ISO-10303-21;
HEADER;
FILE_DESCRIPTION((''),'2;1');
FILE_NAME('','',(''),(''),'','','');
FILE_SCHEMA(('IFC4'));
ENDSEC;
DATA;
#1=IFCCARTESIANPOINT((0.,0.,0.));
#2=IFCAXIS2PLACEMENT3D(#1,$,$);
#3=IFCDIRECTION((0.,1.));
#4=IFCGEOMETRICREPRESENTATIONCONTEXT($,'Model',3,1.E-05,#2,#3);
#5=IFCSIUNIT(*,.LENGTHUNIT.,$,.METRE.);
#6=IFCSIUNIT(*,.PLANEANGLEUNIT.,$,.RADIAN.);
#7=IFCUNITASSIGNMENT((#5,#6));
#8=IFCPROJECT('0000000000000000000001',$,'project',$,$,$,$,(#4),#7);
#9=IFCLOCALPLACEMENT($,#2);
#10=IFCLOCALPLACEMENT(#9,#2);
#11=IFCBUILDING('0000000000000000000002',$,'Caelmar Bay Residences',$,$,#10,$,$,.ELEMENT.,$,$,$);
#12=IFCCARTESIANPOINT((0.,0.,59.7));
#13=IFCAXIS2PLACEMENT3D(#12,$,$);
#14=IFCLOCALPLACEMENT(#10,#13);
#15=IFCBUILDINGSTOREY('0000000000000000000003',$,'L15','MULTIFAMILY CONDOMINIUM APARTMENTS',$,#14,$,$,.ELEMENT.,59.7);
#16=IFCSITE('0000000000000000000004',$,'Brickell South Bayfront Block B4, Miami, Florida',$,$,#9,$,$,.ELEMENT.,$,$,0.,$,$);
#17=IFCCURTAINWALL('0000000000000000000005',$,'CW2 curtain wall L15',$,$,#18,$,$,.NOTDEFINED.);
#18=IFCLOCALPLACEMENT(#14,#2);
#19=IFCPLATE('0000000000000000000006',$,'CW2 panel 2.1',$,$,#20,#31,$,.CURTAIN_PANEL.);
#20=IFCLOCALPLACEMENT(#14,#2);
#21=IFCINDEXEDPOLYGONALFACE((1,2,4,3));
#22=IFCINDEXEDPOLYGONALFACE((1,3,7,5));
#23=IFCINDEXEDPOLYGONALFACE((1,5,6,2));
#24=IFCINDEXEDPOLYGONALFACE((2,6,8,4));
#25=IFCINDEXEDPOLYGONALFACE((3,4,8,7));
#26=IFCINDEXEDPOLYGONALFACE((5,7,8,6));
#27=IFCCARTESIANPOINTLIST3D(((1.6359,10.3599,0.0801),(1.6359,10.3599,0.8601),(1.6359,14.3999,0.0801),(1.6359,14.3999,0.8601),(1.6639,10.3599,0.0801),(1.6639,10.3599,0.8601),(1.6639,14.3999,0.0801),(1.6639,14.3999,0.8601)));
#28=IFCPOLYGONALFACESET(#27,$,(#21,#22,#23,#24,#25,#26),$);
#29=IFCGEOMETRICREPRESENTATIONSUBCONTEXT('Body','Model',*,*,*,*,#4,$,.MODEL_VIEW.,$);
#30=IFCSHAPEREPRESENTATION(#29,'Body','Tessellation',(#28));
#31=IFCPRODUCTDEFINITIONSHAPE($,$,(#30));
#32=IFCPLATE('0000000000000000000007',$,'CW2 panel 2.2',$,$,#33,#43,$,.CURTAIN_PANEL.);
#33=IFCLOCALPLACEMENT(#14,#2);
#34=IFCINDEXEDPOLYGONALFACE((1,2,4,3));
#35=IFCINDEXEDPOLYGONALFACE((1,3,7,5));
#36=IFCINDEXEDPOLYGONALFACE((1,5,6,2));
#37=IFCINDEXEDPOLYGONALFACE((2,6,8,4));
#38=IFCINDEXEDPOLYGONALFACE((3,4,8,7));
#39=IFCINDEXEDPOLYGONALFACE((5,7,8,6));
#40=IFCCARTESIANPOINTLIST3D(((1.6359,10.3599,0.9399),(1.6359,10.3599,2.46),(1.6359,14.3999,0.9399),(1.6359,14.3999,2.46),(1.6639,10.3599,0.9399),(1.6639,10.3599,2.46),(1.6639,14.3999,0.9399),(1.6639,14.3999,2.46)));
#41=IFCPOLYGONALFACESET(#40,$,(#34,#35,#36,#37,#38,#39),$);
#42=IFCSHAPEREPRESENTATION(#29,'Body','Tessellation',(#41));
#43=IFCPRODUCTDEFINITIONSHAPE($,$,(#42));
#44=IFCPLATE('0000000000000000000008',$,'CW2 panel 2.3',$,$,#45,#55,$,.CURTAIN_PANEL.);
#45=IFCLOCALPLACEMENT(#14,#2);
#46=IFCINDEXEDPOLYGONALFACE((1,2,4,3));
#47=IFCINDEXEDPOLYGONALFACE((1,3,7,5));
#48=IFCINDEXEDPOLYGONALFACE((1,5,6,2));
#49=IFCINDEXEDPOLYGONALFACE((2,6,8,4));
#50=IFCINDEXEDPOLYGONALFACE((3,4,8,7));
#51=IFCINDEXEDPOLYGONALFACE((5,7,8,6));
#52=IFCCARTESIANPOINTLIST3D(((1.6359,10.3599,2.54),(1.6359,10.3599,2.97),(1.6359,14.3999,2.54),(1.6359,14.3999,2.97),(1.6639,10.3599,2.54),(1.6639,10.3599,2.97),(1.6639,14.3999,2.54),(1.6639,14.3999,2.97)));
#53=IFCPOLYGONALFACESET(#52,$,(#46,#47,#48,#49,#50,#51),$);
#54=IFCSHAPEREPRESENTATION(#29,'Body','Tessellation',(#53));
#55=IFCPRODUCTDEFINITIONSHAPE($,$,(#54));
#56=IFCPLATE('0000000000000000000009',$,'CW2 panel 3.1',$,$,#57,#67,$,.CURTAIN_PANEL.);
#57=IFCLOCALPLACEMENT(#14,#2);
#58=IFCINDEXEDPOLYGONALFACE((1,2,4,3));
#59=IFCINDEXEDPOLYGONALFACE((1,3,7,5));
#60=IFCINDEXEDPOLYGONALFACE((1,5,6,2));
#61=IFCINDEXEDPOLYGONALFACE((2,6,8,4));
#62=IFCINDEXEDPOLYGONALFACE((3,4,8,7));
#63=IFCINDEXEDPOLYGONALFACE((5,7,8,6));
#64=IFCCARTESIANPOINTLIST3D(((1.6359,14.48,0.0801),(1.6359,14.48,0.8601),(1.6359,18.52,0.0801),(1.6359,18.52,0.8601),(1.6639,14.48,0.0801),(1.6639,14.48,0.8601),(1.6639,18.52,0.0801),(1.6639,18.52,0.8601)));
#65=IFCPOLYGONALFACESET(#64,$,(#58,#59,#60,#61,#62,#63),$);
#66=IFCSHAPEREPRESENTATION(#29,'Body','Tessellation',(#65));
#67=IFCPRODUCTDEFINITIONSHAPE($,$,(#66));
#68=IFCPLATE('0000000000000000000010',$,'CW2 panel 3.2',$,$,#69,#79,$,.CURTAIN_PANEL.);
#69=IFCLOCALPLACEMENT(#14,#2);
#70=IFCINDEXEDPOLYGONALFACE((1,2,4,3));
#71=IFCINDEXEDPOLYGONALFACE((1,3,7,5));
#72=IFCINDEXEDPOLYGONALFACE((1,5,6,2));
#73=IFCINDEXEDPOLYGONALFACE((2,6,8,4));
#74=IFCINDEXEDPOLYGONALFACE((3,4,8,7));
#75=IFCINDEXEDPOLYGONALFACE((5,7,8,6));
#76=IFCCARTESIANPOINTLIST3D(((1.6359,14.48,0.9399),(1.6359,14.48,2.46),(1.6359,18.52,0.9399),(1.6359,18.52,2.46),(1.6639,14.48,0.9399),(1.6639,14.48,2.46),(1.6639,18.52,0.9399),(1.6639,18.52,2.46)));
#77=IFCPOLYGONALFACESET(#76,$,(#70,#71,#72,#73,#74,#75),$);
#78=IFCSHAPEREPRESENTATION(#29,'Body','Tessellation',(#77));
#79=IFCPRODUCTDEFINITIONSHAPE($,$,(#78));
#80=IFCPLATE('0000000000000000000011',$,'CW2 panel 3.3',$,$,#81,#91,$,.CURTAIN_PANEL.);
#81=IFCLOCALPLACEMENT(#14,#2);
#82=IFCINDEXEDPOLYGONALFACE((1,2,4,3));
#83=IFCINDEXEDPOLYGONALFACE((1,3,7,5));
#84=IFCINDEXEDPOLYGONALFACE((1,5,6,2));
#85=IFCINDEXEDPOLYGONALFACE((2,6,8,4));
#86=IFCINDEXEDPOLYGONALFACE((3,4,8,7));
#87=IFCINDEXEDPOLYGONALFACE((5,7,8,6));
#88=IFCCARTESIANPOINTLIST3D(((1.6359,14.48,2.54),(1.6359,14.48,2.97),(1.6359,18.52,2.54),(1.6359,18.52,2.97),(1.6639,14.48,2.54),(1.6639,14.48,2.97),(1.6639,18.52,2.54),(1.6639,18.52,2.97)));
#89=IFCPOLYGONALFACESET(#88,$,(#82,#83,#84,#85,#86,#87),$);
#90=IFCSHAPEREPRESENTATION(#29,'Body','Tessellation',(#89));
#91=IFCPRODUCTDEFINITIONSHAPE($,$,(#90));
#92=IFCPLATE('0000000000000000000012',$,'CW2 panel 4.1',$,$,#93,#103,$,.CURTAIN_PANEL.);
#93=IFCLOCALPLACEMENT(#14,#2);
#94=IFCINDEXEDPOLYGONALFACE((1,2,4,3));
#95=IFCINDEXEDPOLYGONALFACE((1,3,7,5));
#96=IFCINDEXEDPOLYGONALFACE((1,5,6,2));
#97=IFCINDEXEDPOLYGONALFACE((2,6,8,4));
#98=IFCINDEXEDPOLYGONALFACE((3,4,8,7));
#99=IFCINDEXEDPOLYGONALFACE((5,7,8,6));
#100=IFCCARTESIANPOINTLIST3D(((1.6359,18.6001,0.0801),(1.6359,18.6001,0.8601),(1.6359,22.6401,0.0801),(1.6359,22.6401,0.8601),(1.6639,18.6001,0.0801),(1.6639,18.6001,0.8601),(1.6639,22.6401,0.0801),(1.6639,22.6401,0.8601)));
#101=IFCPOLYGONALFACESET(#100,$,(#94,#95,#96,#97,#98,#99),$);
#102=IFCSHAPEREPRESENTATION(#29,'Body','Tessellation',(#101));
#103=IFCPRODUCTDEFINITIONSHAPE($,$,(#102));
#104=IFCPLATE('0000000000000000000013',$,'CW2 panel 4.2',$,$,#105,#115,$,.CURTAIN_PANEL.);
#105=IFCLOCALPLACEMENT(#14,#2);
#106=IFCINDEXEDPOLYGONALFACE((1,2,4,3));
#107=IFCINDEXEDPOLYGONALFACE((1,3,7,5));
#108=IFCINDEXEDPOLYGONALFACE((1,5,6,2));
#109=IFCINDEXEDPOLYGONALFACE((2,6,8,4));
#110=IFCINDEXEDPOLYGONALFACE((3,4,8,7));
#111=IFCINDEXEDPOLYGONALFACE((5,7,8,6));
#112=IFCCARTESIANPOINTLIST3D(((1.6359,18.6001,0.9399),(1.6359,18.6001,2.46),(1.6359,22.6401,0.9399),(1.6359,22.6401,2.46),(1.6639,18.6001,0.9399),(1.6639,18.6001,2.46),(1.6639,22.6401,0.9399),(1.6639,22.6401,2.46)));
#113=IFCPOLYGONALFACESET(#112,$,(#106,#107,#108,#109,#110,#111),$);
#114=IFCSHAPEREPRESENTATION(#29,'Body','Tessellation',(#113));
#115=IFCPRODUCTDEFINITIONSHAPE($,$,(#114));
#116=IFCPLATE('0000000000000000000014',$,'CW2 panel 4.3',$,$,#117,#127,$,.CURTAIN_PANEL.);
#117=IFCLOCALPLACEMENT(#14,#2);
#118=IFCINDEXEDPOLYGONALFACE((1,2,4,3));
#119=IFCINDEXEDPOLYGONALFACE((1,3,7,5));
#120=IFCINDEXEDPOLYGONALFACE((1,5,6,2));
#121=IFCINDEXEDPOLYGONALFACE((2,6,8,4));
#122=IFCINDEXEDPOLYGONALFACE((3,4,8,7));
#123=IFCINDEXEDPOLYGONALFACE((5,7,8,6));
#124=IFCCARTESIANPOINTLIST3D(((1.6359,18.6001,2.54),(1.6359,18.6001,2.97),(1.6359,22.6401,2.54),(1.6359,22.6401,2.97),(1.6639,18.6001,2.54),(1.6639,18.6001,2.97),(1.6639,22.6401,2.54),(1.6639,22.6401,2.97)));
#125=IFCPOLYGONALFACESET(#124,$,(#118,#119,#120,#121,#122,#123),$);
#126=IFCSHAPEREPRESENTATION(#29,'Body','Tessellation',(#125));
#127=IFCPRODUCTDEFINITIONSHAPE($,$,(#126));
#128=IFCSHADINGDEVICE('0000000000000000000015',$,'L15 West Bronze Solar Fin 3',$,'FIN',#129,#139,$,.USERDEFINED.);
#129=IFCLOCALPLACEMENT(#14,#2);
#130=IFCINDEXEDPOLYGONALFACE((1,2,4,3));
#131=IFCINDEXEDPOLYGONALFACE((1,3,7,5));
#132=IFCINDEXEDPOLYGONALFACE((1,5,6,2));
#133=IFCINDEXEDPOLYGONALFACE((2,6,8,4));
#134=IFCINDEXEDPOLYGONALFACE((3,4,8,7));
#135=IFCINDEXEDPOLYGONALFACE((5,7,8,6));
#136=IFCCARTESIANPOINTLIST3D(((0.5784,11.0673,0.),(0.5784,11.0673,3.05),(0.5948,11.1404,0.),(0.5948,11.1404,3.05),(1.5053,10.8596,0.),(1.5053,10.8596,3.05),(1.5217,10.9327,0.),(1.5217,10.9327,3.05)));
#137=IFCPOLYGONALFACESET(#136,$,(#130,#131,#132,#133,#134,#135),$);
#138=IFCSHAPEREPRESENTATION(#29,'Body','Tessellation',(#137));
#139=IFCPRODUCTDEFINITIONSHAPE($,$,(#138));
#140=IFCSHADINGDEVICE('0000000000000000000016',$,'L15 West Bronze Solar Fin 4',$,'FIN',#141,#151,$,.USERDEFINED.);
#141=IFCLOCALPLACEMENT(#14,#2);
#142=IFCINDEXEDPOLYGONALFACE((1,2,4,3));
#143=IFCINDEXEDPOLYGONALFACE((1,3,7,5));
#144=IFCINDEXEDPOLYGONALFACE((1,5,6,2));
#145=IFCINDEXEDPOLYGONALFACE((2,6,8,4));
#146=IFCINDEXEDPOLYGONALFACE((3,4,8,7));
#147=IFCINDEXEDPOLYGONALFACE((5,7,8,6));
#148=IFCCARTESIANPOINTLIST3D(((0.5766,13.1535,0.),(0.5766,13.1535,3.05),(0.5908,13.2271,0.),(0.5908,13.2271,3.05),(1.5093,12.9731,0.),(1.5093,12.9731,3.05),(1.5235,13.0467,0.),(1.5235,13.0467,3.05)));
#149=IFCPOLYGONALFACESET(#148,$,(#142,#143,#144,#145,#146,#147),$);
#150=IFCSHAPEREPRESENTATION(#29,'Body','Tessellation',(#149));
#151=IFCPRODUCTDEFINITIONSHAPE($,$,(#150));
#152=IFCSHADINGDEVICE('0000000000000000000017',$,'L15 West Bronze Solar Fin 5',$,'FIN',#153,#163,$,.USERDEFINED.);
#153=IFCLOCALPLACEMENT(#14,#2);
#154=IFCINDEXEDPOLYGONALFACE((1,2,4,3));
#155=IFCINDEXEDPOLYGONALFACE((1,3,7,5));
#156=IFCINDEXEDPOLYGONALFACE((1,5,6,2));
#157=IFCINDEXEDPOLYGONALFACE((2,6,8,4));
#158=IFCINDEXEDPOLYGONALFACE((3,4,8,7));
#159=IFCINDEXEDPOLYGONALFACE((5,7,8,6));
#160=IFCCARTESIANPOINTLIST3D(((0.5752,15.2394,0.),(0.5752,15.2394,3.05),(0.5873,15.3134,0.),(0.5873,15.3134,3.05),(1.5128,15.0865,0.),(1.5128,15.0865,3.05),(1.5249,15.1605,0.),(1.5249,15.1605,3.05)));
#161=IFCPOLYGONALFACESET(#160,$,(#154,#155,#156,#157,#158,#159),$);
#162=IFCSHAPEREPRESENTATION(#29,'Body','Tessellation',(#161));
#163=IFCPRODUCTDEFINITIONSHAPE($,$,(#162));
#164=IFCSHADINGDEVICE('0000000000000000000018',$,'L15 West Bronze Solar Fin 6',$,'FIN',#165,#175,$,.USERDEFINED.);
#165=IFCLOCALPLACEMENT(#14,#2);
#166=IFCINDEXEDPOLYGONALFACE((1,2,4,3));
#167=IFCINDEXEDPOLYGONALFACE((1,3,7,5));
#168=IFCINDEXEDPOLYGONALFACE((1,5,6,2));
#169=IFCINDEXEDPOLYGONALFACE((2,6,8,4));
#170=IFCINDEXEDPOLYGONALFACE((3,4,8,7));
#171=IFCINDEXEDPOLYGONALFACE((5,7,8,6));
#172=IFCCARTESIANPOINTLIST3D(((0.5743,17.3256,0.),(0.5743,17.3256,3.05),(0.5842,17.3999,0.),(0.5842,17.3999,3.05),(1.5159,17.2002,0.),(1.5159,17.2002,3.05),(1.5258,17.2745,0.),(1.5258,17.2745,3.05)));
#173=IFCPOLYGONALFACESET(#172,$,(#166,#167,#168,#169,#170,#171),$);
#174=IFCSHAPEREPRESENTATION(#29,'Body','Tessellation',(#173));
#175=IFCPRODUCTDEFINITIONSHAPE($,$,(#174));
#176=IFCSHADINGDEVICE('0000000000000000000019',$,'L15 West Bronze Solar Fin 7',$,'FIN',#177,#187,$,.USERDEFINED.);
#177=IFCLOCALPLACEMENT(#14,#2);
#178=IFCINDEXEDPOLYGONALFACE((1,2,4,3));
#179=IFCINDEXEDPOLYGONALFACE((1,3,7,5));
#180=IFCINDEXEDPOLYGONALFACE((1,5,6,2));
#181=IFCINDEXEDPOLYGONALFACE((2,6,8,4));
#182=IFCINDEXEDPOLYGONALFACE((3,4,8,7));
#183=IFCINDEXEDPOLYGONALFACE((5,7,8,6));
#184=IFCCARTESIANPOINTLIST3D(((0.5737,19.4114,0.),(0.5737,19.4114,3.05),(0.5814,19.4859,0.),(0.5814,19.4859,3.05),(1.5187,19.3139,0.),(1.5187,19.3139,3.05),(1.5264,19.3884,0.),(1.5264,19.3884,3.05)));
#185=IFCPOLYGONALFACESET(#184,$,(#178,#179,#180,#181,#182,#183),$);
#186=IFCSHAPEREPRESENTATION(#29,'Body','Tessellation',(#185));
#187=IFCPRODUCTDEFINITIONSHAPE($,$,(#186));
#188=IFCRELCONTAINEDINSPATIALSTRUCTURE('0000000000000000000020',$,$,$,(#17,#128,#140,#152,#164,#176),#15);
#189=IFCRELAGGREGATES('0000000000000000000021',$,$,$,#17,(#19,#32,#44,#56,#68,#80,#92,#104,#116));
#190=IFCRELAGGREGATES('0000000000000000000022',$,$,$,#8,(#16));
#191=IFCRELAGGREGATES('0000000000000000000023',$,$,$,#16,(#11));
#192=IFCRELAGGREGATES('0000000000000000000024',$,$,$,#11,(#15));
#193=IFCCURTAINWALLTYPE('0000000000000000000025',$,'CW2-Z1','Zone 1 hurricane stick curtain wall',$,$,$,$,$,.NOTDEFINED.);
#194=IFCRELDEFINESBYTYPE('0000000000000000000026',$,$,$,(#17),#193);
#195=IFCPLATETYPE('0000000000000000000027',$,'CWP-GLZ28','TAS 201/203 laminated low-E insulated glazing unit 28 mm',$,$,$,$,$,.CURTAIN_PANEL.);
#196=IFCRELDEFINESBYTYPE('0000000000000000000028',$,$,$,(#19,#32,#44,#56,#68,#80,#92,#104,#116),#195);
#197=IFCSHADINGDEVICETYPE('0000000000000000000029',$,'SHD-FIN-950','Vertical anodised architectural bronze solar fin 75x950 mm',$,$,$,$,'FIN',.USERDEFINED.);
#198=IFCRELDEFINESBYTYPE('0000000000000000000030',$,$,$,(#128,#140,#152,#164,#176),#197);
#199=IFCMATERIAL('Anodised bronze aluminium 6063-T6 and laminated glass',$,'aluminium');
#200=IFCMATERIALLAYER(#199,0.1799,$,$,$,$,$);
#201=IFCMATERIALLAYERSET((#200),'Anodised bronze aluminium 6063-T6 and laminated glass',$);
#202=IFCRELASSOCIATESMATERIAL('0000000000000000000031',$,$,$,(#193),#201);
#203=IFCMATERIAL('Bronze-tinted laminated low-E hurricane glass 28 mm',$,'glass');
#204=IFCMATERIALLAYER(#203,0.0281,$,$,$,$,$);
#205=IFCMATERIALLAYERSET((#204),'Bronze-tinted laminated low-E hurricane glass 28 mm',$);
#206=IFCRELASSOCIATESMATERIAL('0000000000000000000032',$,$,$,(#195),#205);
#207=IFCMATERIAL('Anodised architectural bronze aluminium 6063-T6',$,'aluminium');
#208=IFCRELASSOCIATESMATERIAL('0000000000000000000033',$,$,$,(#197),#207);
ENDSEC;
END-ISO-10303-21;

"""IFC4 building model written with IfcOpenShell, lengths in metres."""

from ifc_helpers import new_model, si_unit, direction, frame, origin, origin_2d, place, context, subcontext, project, spatial, rectangle, extrude, material, layer, layer_set, material_profile, profile_set, type_object, element, aggregate, save


model = new_model("IFC4")

# Units and contexts
model_context = context("Model", 3, precision=1e-05, world=origin(), true_north=direction((0.0, 1.0)))
body_context = subcontext(model_context, "Body", "Model", "MODEL_VIEW")
ifc_project = project(units=[si_unit("LENGTHUNIT", "METRE"), si_unit("PLANEANGLEUNIT", "RADIAN")], contexts=[model_context])

# Site, building, storey
site_placement = place(None, origin())
site = spatial("IfcSite", under=ifc_project, at=site_placement, Name="Brickell South Bayfront Block B4, Miami, Florida", CompositionType="ELEMENT", RefElevation=0.0)
building_placement = place(site_placement, origin())
building = spatial("IfcBuilding", under=site, at=building_placement, Name="Caelmar Bay Residences", CompositionType="ELEMENT")
storey_placement = place(building_placement, frame((0.0, 0.0, 59.7)))
storey = spatial("IfcBuildingStorey", under=building, at=storey_placement, Name="L15", Description="MULTIFAMILY CONDOMINIUM APARTMENTS", CompositionType="ELEMENT", Elevation=59.7)

# Curtain wall, plates
ifc_material_1 = material(Name="Anodised bronze aluminium 6063-T6 and laminated glass", Category="aluminium")
ifc_layer_1 = layer(ifc_material_1, 0.1799)
ifc_layer_set_1 = layer_set([ifc_layer_1], Name="Anodised bronze aluminium 6063-T6 and laminated glass")
curtain_wall_type = type_object("IfcCurtainWallType", Name="CW2-Z1", Description="Zone 1 hurricane stick curtain wall", PredefinedType="NOTDEFINED", material=ifc_layer_set_1)
curtain_wall_placement = place(storey_placement, origin())
curtain_wall = element("IfcCurtainWall", 1, at=curtain_wall_placement, inside=storey, type_object=curtain_wall_type, Name="CW2 curtain wall L15", PredefinedType="NOTDEFINED")
ifc_material_2 = material(Name="Bronze-tinted laminated low-E hurricane glass 28 mm", Category="glass")
ifc_layer_2 = layer(ifc_material_2, 0.0281)
ifc_layer_set_2 = layer_set([ifc_layer_2], Name="Bronze-tinted laminated low-E hurricane glass 28 mm")
plate_type = type_object("IfcPlateType", Name="CWP-GLZ28", Description="TAS 201/203 laminated low-E insulated glazing unit 28 mm", PredefinedType="CURTAIN_PANEL", material=ifc_layer_set_2)
plate_1_placement = place(storey_placement, frame((1.6499, 12.3799, 0.0801), z_axis=(0.0, 0.0, 1.0), x_axis=(0.0, 1.0, 0.0)))
plate_1 = element("IfcPlate", 2, at=plate_1_placement, type_object=plate_type, Name="CW2 panel 2.1", PredefinedType="CURTAIN_PANEL", context=body_context, shape_type="SweptSolid", body=[
    extrude(rectangle(XDim=4.04, YDim=0.0281, at=origin_2d()), origin(), (0.0, 0.0, 1.0), 0.78),
])
plate_2_placement = place(storey_placement, frame((1.6499, 12.3799, 0.9399), z_axis=(0.0, 0.0, 1.0), x_axis=(0.0, 1.0, 0.0)))
plate_2 = element("IfcPlate", 3, at=plate_2_placement, type_object=plate_type, Name="CW2 panel 2.2", PredefinedType="CURTAIN_PANEL", context=body_context, shape_type="SweptSolid", body=[
    extrude(rectangle(XDim=4.04, YDim=0.0281, at=origin_2d()), origin(), (0.0, 0.0, 1.0), 1.52),
])
plate_3_placement = place(storey_placement, frame((1.6499, 12.3799, 2.54), z_axis=(0.0, 0.0, 1.0), x_axis=(0.0, 1.0, 0.0)))
plate_3 = element("IfcPlate", 4, at=plate_3_placement, type_object=plate_type, Name="CW2 panel 2.3", PredefinedType="CURTAIN_PANEL", context=body_context, shape_type="SweptSolid", body=[
    extrude(rectangle(XDim=4.04, YDim=0.0281, at=origin_2d()), origin(), (0.0, 0.0, 1.0), 0.4299),
])
plate_4_placement = place(storey_placement, frame((1.6499, 16.5, 0.0801), z_axis=(0.0, 0.0, 1.0), x_axis=(0.0, 1.0, 0.0)))
plate_4 = element("IfcPlate", 5, at=plate_4_placement, type_object=plate_type, Name="CW2 panel 3.1", PredefinedType="CURTAIN_PANEL", context=body_context, shape_type="SweptSolid", body=[
    extrude(rectangle(XDim=4.04, YDim=0.0281, at=origin_2d()), origin(), (0.0, 0.0, 1.0), 0.78),
])
plate_5_placement = place(storey_placement, frame((1.6499, 16.5, 0.9399), z_axis=(0.0, 0.0, 1.0), x_axis=(0.0, 1.0, 0.0)))
plate_5 = element("IfcPlate", 6, at=plate_5_placement, type_object=plate_type, Name="CW2 panel 3.2", PredefinedType="CURTAIN_PANEL", context=body_context, shape_type="SweptSolid", body=[
    extrude(rectangle(XDim=4.04, YDim=0.0281, at=origin_2d()), origin(), (0.0, 0.0, 1.0), 1.52),
])
plate_6_placement = place(storey_placement, frame((1.6499, 16.5, 2.54), z_axis=(0.0, 0.0, 1.0), x_axis=(0.0, 1.0, 0.0)))
plate_6 = element("IfcPlate", 7, at=plate_6_placement, type_object=plate_type, Name="CW2 panel 3.3", PredefinedType="CURTAIN_PANEL", context=body_context, shape_type="SweptSolid", body=[
    extrude(rectangle(XDim=4.04, YDim=0.0281, at=origin_2d()), origin(), (0.0, 0.0, 1.0), 0.4299),
])
plate_7_placement = place(storey_placement, frame((1.6499, 20.6201, 0.0801), z_axis=(0.0, 0.0, 1.0), x_axis=(0.0, 1.0, 0.0)))
plate_7 = element("IfcPlate", 8, at=plate_7_placement, type_object=plate_type, Name="CW2 panel 4.1", PredefinedType="CURTAIN_PANEL", context=body_context, shape_type="SweptSolid", body=[
    extrude(rectangle(XDim=4.04, YDim=0.0281, at=origin_2d()), origin(), (0.0, 0.0, 1.0), 0.78),
])
plate_8_placement = place(storey_placement, frame((1.6499, 20.6201, 0.9399), z_axis=(0.0, 0.0, 1.0), x_axis=(0.0, 1.0, 0.0)))
plate_8 = element("IfcPlate", 9, at=plate_8_placement, type_object=plate_type, Name="CW2 panel 4.2", PredefinedType="CURTAIN_PANEL", context=body_context, shape_type="SweptSolid", body=[
    extrude(rectangle(XDim=4.04, YDim=0.0281, at=origin_2d()), origin(), (0.0, 0.0, 1.0), 1.52),
])
plate_9_placement = place(storey_placement, frame((1.6499, 20.6201, 2.54), z_axis=(0.0, 0.0, 1.0), x_axis=(0.0, 1.0, 0.0)))
plate_9 = element("IfcPlate", 10, at=plate_9_placement, type_object=plate_type, Name="CW2 panel 4.3", PredefinedType="CURTAIN_PANEL", context=body_context, shape_type="SweptSolid", body=[
    extrude(rectangle(XDim=4.04, YDim=0.0281, at=origin_2d()), origin(), (0.0, 0.0, 1.0), 0.4299),
])
aggregate(curtain_wall, [plate_1, plate_2, plate_3, plate_4, plate_5, plate_6, plate_7, plate_8, plate_9])

# Shading devices
ifc_material_3 = material(Name="Anodised architectural bronze aluminium 6063-T6", Category="aluminium")
ifc_material_profile_1 = material_profile(ifc_material_3, rectangle(XDim=0.075, YDim=0.95, at=origin_2d()), Name="BRONZE-FIN-75X950")
ifc_profile_set_1 = profile_set([ifc_material_profile_1], Name="Anodised architectural bronze aluminium 6063-T6")
shading_device_type = type_object("IfcShadingDeviceType", Name="SHD-FIN-950", Description="Vertical anodised architectural bronze solar fin 75x950 mm", ElementType="FIN", PredefinedType="USERDEFINED", material=ifc_profile_set_1)
for number, where, z_axis, x_axis, name in (
    (11, (1.05, 11.0, 0.0), (0.0, 0.0, 1.0), (0.218654, 0.975802, 0.0), "L15 West Bronze Solar Fin 3"),
    (12, (1.05, 13.1001, 0.0), (0.0, 0.0, 1.0), (0.189952, 0.981793, 0.0), "L15 West Bronze Solar Fin 4"),
    (13, (1.05, 15.2, 0.0), (0.0, 0.0, 1.0), (0.160915, 0.986968, 0.0), "L15 West Bronze Solar Fin 5"),
    (14, (1.05, 17.3, 0.0), (0.0, 0.0, 1.0), (0.13191, 0.991262, 0.0), "L15 West Bronze Solar Fin 6"),
    (15, (1.05, 19.3999, 0.0), (0.0, 0.0, 1.0), (0.102619, 0.994721, 0.0), "L15 West Bronze Solar Fin 7"),
):
    element("IfcShadingDevice", number, at=place(storey_placement, frame(where, z_axis=z_axis, x_axis=x_axis)), inside=storey, type_object=shading_device_type, Name=name, ObjectType="FIN", PredefinedType="USERDEFINED", context=body_context, shape_type="SweptSolid", body=[
        extrude(rectangle(XDim=0.075, YDim=0.95, at=origin_2d()), origin(), (0.0, 0.0, 1.0), 3.05),
    ])

save(model, "model.ifc")
